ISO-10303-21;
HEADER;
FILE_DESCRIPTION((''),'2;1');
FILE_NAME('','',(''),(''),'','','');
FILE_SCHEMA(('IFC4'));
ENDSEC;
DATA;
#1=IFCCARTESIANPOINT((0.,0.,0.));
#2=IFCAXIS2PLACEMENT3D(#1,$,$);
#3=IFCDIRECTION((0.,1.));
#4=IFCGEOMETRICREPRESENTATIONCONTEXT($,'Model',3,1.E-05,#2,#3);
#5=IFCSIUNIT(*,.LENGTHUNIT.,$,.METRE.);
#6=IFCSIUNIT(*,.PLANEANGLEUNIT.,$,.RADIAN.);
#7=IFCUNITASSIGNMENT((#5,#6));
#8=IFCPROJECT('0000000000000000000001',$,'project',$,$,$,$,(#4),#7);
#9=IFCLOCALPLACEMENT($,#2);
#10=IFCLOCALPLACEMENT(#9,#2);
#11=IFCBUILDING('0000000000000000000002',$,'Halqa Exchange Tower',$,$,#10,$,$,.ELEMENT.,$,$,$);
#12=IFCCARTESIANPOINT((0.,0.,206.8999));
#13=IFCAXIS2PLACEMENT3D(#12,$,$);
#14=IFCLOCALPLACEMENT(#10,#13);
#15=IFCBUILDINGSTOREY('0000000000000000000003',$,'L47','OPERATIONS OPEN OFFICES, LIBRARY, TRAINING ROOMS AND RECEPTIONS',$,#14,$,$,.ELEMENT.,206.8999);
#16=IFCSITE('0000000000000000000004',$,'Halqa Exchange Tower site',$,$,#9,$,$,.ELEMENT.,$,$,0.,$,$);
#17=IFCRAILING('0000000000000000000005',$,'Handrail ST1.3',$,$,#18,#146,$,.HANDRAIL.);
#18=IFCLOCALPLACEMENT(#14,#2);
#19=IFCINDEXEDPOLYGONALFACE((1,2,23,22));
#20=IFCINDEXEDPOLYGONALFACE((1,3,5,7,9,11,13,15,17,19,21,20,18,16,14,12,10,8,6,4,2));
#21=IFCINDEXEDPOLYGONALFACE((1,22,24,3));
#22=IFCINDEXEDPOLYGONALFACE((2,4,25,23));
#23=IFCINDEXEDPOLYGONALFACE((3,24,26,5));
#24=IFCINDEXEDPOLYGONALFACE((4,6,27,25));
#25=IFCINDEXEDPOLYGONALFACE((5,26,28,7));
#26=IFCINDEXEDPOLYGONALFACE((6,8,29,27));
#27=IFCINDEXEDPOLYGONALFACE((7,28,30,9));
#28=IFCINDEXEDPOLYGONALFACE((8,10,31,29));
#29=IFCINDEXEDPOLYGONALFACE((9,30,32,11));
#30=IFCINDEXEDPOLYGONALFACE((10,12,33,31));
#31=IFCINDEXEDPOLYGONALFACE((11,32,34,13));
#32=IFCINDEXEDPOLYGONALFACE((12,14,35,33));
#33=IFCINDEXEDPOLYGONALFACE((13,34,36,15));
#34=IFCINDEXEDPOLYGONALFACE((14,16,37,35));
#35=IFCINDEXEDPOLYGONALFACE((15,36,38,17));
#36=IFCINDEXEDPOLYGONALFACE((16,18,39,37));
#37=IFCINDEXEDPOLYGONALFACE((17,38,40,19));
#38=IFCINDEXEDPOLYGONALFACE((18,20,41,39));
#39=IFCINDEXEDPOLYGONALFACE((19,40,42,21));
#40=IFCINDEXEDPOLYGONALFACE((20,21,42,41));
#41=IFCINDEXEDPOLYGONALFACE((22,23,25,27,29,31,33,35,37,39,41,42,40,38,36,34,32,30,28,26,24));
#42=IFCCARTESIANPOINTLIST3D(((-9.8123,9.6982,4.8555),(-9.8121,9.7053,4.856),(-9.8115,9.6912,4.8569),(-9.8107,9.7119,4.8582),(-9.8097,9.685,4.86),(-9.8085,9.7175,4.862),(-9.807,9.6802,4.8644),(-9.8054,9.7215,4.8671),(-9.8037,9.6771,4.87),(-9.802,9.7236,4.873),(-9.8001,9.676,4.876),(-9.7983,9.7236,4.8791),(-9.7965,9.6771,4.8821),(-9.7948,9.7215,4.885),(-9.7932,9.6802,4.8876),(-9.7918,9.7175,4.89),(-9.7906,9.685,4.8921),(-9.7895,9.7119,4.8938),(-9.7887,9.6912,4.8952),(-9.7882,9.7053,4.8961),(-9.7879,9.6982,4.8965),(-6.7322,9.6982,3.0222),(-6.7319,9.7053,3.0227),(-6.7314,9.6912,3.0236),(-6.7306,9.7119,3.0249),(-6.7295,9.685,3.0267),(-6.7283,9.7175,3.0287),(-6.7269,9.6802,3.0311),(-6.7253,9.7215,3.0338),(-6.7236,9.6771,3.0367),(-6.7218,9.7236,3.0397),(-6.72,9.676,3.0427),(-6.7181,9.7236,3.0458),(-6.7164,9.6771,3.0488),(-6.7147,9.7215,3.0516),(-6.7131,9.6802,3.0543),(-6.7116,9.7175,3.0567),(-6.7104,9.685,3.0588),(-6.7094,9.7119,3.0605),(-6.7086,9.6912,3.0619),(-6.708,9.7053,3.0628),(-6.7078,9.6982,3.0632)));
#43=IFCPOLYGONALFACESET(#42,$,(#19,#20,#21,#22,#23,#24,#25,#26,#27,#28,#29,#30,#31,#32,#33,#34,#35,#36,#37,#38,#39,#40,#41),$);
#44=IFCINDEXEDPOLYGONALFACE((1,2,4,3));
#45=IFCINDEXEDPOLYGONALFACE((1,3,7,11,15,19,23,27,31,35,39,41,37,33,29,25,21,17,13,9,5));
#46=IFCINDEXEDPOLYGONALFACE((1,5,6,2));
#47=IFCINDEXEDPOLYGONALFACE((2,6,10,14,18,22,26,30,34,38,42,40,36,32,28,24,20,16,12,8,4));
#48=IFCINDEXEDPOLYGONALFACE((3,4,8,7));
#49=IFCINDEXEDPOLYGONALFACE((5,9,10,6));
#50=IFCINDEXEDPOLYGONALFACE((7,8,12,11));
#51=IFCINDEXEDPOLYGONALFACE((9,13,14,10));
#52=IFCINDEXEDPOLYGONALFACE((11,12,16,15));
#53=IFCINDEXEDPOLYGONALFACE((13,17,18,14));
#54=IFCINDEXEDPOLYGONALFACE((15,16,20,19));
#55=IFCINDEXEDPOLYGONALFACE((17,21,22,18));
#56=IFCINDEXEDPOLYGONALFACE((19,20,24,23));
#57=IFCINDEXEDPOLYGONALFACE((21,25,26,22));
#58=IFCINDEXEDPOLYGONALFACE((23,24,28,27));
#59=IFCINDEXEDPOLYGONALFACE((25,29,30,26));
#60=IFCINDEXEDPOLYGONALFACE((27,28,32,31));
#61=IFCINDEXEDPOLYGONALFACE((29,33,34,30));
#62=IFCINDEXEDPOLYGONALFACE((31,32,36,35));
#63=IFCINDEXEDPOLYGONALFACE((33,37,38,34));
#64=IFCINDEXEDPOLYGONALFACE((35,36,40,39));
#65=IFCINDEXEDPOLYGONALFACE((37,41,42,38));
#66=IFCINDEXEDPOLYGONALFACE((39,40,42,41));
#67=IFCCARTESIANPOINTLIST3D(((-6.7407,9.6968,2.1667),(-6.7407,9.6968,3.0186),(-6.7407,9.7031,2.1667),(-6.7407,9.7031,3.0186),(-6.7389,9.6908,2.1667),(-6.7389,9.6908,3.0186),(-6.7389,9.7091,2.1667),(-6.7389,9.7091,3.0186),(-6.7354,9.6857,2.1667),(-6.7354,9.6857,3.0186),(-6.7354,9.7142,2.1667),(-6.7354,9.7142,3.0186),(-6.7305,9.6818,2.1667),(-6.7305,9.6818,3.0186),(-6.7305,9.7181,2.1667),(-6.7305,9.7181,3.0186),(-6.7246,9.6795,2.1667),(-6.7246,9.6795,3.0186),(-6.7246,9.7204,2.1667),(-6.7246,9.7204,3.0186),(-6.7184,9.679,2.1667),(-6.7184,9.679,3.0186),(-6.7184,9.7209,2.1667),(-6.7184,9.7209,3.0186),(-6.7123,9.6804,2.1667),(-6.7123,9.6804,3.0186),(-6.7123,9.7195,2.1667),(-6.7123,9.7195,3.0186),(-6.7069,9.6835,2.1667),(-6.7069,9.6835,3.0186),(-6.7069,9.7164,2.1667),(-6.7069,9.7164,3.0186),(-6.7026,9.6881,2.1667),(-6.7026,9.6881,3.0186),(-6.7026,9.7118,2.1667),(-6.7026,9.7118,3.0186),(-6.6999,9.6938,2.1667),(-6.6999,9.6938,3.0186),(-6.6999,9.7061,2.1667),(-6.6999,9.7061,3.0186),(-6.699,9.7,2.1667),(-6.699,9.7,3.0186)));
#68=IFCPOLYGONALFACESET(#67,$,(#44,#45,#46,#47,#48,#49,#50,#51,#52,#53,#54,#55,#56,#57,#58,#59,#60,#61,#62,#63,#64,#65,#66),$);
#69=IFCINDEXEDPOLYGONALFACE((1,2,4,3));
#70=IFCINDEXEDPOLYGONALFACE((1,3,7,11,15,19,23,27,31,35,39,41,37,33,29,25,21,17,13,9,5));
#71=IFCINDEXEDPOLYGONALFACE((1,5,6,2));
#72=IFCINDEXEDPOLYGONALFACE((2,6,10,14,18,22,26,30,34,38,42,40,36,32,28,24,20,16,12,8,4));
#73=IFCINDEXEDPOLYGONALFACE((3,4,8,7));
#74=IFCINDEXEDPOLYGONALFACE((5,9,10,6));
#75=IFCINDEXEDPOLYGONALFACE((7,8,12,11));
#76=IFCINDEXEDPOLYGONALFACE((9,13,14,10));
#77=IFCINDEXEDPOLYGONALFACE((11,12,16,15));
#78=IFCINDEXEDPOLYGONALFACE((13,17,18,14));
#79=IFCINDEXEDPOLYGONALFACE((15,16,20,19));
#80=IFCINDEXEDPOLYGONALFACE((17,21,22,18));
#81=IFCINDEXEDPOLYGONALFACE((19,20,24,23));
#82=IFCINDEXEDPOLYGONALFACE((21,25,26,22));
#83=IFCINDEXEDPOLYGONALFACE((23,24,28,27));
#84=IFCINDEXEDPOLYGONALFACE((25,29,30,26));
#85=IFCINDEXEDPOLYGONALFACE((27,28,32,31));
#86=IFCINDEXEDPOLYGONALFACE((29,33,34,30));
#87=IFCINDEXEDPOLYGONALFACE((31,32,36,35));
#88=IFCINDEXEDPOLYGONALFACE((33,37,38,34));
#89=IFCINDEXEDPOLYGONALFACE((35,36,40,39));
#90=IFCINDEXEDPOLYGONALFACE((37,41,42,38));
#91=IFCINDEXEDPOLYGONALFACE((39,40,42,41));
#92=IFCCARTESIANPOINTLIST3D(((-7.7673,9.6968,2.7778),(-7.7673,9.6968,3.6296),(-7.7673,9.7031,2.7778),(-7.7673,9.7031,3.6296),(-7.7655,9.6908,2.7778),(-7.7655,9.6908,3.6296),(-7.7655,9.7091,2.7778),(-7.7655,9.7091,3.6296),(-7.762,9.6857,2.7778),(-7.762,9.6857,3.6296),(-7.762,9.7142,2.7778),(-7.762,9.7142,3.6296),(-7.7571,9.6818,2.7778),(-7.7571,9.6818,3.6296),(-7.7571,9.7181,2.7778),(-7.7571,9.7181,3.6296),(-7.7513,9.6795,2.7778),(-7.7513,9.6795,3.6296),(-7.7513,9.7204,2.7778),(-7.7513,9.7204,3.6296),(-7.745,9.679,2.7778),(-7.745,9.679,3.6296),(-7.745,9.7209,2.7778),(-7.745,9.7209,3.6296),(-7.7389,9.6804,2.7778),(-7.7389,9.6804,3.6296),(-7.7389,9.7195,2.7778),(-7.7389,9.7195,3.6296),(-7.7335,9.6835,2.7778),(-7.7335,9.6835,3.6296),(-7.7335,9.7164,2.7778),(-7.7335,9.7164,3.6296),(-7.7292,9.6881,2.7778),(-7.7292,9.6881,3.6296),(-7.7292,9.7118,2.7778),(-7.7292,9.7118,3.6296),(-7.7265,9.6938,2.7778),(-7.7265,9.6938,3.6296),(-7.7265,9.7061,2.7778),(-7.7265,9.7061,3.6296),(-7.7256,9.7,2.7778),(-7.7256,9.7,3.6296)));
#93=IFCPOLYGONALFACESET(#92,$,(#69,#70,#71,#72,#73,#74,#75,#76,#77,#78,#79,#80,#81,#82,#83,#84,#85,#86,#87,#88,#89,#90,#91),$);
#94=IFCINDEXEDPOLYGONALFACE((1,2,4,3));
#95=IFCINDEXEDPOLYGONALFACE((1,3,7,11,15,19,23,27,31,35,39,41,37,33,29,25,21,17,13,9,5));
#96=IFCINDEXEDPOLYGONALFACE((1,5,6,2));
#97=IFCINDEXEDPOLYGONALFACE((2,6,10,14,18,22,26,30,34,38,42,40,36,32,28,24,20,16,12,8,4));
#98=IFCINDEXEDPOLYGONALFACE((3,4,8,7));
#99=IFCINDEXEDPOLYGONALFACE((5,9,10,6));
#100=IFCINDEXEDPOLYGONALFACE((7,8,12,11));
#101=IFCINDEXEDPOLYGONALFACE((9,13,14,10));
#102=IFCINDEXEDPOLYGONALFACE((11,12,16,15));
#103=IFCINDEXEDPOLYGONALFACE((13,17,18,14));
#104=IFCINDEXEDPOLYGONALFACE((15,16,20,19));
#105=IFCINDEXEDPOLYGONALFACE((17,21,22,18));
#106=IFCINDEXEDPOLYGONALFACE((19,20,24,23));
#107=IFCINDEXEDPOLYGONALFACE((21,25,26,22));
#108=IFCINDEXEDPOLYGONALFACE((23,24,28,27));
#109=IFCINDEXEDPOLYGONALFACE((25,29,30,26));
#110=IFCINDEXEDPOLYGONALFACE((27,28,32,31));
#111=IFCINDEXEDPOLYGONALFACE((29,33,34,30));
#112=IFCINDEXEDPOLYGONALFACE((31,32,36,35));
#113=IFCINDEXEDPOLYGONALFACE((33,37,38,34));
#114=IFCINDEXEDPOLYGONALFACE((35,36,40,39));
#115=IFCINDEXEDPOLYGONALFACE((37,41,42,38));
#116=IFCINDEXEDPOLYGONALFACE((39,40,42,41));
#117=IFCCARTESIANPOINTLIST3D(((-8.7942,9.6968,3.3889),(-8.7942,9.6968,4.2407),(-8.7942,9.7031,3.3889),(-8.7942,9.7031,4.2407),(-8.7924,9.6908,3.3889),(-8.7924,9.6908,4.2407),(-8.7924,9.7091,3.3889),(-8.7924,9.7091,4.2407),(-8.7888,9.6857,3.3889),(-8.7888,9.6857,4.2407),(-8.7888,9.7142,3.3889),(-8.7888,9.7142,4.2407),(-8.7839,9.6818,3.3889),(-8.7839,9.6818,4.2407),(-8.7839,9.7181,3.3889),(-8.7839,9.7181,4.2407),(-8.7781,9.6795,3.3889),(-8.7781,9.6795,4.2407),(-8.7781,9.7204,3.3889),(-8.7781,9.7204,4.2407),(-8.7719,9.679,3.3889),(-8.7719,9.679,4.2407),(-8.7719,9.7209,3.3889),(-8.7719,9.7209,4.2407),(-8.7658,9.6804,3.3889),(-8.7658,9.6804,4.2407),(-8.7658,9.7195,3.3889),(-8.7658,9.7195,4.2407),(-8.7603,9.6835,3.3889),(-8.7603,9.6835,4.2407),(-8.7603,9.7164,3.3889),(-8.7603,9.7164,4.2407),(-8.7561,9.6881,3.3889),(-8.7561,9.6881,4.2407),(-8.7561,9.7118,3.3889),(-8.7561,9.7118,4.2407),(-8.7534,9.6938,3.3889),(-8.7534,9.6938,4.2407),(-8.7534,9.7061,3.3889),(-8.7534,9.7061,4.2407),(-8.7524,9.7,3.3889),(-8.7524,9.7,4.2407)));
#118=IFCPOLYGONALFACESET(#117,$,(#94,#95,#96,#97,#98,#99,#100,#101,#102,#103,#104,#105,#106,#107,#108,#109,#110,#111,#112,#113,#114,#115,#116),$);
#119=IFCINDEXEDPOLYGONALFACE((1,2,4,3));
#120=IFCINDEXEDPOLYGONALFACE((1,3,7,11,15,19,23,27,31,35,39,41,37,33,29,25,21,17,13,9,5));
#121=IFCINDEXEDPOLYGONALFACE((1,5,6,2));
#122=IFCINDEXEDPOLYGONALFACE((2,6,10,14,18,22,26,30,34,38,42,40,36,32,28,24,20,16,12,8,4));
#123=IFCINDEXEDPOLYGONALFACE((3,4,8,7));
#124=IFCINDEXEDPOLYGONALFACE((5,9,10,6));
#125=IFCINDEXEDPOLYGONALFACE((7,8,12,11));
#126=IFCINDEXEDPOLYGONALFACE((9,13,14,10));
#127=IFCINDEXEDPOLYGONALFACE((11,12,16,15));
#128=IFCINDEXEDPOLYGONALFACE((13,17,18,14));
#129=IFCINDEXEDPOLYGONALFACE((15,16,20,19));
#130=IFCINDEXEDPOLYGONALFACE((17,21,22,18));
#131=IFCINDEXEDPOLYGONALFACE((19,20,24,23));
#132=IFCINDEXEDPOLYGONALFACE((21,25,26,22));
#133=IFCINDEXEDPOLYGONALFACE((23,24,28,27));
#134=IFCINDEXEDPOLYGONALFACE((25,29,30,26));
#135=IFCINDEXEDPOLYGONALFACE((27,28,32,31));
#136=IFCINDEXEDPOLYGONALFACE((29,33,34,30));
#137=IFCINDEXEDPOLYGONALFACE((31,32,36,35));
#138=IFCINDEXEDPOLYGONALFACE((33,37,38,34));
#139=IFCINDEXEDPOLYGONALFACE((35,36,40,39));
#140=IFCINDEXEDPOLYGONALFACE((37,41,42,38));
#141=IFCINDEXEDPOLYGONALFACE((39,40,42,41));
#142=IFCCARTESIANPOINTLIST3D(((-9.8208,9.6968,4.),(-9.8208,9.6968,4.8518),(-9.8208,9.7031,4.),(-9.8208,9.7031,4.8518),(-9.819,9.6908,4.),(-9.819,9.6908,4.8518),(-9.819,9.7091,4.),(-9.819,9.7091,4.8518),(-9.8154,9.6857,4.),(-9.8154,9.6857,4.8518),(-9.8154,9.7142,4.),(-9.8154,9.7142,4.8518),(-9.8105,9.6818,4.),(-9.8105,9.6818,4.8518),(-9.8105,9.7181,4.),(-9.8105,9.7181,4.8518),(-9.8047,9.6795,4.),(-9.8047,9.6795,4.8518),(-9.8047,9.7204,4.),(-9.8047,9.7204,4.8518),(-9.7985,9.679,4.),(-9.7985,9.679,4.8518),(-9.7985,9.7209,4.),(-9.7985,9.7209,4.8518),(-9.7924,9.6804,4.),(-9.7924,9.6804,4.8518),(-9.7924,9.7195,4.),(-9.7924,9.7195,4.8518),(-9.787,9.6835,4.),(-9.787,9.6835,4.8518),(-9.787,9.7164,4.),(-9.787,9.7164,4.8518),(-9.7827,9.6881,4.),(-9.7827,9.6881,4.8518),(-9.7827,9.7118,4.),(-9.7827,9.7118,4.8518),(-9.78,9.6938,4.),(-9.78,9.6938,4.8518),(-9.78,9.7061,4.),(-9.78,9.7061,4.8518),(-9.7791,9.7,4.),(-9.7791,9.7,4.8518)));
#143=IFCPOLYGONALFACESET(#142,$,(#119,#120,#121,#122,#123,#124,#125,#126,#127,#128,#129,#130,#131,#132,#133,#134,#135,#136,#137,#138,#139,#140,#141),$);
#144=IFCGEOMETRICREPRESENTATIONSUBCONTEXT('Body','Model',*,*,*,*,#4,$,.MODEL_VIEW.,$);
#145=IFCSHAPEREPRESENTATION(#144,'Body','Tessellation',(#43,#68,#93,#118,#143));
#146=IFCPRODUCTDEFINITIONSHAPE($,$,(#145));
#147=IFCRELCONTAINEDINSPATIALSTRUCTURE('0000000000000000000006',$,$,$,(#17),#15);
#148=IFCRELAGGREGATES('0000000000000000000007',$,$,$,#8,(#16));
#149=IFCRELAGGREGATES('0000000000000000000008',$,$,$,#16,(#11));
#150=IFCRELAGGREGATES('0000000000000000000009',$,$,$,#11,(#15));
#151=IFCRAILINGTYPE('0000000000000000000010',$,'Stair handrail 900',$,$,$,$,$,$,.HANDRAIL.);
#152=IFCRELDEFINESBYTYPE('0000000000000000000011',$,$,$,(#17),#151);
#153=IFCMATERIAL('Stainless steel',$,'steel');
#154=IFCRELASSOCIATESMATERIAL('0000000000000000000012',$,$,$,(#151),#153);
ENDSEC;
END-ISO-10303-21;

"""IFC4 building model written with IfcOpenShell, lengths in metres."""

from ifc_helpers import new_model, si_unit, direction, frame, origin, origin_2d, place, context, subcontext, project, spatial, circle, extrude, material, type_object, element, save


model = new_model("IFC4")

# Units and contexts
model_context = context("Model", 3, precision=1e-05, world=origin(), true_north=direction((0.0, 1.0)))
body_context = subcontext(model_context, "Body", "Model", "MODEL_VIEW")
ifc_project = project(units=[si_unit("LENGTHUNIT", "METRE"), si_unit("PLANEANGLEUNIT", "RADIAN")], contexts=[model_context])

# Site, building, storey
site_placement = place(None, origin())
site = spatial("IfcSite", under=ifc_project, at=site_placement, Name="Halqa Exchange Tower site", CompositionType="ELEMENT", RefElevation=0.0)
building_placement = place(site_placement, origin())
building = spatial("IfcBuilding", under=site, at=building_placement, Name="Halqa Exchange Tower", CompositionType="ELEMENT")
storey_placement = place(building_placement, frame((0.0, 0.0, 206.8999)))
storey = spatial("IfcBuildingStorey", under=building, at=storey_placement, Name="L47", Description="OPERATIONS OPEN OFFICES, LIBRARY, TRAINING ROOMS AND RECEPTIONS", CompositionType="ELEMENT", Elevation=206.8999)

# Railing
ifc_material_1 = material(Name="Stainless steel", Category="steel")
railing_type_1 = type_object("IfcRailingType", Name="Stair handrail 900", PredefinedType="HANDRAIL", material=ifc_material_1)
railing_1_placement = place(storey_placement, frame((-6.72, 9.7, 2.1667)))
element("IfcRailing", 1, at=railing_1_placement, inside=storey, type_object=railing_type_1, Name="Handrail ST1.3", PredefinedType="HANDRAIL", context=body_context, shape_type="SweptSolid", body=[
    extrude(circle(Radius=0.0239, at=origin_2d()), frame((0.0, 0.0, 0.876), z_axis=(-0.859309, 0.0, 0.511458), x_axis=(0.0, -1.0, 0.0)), (0.0, 0.0, 1.0), 3.5845),
    extrude(circle(Radius=0.021, at=origin_2d()), origin(), (0.0, 0.0, 1.0), 0.8518),
    extrude(circle(Radius=0.021, at=origin_2d()), frame((-1.0266, 0.0, 0.6111)), (0.0, 0.0, 1.0), 0.8518),
    extrude(circle(Radius=0.021, at=origin_2d()), frame((-2.0535, 0.0, 1.2222)), (0.0, 0.0, 1.0), 0.8518),
    extrude(circle(Radius=0.021, at=origin_2d()), frame((-3.0801, 0.0, 1.8333)), (0.0, 0.0, 1.0), 0.8518),
])

save(model, "model.ifc")
